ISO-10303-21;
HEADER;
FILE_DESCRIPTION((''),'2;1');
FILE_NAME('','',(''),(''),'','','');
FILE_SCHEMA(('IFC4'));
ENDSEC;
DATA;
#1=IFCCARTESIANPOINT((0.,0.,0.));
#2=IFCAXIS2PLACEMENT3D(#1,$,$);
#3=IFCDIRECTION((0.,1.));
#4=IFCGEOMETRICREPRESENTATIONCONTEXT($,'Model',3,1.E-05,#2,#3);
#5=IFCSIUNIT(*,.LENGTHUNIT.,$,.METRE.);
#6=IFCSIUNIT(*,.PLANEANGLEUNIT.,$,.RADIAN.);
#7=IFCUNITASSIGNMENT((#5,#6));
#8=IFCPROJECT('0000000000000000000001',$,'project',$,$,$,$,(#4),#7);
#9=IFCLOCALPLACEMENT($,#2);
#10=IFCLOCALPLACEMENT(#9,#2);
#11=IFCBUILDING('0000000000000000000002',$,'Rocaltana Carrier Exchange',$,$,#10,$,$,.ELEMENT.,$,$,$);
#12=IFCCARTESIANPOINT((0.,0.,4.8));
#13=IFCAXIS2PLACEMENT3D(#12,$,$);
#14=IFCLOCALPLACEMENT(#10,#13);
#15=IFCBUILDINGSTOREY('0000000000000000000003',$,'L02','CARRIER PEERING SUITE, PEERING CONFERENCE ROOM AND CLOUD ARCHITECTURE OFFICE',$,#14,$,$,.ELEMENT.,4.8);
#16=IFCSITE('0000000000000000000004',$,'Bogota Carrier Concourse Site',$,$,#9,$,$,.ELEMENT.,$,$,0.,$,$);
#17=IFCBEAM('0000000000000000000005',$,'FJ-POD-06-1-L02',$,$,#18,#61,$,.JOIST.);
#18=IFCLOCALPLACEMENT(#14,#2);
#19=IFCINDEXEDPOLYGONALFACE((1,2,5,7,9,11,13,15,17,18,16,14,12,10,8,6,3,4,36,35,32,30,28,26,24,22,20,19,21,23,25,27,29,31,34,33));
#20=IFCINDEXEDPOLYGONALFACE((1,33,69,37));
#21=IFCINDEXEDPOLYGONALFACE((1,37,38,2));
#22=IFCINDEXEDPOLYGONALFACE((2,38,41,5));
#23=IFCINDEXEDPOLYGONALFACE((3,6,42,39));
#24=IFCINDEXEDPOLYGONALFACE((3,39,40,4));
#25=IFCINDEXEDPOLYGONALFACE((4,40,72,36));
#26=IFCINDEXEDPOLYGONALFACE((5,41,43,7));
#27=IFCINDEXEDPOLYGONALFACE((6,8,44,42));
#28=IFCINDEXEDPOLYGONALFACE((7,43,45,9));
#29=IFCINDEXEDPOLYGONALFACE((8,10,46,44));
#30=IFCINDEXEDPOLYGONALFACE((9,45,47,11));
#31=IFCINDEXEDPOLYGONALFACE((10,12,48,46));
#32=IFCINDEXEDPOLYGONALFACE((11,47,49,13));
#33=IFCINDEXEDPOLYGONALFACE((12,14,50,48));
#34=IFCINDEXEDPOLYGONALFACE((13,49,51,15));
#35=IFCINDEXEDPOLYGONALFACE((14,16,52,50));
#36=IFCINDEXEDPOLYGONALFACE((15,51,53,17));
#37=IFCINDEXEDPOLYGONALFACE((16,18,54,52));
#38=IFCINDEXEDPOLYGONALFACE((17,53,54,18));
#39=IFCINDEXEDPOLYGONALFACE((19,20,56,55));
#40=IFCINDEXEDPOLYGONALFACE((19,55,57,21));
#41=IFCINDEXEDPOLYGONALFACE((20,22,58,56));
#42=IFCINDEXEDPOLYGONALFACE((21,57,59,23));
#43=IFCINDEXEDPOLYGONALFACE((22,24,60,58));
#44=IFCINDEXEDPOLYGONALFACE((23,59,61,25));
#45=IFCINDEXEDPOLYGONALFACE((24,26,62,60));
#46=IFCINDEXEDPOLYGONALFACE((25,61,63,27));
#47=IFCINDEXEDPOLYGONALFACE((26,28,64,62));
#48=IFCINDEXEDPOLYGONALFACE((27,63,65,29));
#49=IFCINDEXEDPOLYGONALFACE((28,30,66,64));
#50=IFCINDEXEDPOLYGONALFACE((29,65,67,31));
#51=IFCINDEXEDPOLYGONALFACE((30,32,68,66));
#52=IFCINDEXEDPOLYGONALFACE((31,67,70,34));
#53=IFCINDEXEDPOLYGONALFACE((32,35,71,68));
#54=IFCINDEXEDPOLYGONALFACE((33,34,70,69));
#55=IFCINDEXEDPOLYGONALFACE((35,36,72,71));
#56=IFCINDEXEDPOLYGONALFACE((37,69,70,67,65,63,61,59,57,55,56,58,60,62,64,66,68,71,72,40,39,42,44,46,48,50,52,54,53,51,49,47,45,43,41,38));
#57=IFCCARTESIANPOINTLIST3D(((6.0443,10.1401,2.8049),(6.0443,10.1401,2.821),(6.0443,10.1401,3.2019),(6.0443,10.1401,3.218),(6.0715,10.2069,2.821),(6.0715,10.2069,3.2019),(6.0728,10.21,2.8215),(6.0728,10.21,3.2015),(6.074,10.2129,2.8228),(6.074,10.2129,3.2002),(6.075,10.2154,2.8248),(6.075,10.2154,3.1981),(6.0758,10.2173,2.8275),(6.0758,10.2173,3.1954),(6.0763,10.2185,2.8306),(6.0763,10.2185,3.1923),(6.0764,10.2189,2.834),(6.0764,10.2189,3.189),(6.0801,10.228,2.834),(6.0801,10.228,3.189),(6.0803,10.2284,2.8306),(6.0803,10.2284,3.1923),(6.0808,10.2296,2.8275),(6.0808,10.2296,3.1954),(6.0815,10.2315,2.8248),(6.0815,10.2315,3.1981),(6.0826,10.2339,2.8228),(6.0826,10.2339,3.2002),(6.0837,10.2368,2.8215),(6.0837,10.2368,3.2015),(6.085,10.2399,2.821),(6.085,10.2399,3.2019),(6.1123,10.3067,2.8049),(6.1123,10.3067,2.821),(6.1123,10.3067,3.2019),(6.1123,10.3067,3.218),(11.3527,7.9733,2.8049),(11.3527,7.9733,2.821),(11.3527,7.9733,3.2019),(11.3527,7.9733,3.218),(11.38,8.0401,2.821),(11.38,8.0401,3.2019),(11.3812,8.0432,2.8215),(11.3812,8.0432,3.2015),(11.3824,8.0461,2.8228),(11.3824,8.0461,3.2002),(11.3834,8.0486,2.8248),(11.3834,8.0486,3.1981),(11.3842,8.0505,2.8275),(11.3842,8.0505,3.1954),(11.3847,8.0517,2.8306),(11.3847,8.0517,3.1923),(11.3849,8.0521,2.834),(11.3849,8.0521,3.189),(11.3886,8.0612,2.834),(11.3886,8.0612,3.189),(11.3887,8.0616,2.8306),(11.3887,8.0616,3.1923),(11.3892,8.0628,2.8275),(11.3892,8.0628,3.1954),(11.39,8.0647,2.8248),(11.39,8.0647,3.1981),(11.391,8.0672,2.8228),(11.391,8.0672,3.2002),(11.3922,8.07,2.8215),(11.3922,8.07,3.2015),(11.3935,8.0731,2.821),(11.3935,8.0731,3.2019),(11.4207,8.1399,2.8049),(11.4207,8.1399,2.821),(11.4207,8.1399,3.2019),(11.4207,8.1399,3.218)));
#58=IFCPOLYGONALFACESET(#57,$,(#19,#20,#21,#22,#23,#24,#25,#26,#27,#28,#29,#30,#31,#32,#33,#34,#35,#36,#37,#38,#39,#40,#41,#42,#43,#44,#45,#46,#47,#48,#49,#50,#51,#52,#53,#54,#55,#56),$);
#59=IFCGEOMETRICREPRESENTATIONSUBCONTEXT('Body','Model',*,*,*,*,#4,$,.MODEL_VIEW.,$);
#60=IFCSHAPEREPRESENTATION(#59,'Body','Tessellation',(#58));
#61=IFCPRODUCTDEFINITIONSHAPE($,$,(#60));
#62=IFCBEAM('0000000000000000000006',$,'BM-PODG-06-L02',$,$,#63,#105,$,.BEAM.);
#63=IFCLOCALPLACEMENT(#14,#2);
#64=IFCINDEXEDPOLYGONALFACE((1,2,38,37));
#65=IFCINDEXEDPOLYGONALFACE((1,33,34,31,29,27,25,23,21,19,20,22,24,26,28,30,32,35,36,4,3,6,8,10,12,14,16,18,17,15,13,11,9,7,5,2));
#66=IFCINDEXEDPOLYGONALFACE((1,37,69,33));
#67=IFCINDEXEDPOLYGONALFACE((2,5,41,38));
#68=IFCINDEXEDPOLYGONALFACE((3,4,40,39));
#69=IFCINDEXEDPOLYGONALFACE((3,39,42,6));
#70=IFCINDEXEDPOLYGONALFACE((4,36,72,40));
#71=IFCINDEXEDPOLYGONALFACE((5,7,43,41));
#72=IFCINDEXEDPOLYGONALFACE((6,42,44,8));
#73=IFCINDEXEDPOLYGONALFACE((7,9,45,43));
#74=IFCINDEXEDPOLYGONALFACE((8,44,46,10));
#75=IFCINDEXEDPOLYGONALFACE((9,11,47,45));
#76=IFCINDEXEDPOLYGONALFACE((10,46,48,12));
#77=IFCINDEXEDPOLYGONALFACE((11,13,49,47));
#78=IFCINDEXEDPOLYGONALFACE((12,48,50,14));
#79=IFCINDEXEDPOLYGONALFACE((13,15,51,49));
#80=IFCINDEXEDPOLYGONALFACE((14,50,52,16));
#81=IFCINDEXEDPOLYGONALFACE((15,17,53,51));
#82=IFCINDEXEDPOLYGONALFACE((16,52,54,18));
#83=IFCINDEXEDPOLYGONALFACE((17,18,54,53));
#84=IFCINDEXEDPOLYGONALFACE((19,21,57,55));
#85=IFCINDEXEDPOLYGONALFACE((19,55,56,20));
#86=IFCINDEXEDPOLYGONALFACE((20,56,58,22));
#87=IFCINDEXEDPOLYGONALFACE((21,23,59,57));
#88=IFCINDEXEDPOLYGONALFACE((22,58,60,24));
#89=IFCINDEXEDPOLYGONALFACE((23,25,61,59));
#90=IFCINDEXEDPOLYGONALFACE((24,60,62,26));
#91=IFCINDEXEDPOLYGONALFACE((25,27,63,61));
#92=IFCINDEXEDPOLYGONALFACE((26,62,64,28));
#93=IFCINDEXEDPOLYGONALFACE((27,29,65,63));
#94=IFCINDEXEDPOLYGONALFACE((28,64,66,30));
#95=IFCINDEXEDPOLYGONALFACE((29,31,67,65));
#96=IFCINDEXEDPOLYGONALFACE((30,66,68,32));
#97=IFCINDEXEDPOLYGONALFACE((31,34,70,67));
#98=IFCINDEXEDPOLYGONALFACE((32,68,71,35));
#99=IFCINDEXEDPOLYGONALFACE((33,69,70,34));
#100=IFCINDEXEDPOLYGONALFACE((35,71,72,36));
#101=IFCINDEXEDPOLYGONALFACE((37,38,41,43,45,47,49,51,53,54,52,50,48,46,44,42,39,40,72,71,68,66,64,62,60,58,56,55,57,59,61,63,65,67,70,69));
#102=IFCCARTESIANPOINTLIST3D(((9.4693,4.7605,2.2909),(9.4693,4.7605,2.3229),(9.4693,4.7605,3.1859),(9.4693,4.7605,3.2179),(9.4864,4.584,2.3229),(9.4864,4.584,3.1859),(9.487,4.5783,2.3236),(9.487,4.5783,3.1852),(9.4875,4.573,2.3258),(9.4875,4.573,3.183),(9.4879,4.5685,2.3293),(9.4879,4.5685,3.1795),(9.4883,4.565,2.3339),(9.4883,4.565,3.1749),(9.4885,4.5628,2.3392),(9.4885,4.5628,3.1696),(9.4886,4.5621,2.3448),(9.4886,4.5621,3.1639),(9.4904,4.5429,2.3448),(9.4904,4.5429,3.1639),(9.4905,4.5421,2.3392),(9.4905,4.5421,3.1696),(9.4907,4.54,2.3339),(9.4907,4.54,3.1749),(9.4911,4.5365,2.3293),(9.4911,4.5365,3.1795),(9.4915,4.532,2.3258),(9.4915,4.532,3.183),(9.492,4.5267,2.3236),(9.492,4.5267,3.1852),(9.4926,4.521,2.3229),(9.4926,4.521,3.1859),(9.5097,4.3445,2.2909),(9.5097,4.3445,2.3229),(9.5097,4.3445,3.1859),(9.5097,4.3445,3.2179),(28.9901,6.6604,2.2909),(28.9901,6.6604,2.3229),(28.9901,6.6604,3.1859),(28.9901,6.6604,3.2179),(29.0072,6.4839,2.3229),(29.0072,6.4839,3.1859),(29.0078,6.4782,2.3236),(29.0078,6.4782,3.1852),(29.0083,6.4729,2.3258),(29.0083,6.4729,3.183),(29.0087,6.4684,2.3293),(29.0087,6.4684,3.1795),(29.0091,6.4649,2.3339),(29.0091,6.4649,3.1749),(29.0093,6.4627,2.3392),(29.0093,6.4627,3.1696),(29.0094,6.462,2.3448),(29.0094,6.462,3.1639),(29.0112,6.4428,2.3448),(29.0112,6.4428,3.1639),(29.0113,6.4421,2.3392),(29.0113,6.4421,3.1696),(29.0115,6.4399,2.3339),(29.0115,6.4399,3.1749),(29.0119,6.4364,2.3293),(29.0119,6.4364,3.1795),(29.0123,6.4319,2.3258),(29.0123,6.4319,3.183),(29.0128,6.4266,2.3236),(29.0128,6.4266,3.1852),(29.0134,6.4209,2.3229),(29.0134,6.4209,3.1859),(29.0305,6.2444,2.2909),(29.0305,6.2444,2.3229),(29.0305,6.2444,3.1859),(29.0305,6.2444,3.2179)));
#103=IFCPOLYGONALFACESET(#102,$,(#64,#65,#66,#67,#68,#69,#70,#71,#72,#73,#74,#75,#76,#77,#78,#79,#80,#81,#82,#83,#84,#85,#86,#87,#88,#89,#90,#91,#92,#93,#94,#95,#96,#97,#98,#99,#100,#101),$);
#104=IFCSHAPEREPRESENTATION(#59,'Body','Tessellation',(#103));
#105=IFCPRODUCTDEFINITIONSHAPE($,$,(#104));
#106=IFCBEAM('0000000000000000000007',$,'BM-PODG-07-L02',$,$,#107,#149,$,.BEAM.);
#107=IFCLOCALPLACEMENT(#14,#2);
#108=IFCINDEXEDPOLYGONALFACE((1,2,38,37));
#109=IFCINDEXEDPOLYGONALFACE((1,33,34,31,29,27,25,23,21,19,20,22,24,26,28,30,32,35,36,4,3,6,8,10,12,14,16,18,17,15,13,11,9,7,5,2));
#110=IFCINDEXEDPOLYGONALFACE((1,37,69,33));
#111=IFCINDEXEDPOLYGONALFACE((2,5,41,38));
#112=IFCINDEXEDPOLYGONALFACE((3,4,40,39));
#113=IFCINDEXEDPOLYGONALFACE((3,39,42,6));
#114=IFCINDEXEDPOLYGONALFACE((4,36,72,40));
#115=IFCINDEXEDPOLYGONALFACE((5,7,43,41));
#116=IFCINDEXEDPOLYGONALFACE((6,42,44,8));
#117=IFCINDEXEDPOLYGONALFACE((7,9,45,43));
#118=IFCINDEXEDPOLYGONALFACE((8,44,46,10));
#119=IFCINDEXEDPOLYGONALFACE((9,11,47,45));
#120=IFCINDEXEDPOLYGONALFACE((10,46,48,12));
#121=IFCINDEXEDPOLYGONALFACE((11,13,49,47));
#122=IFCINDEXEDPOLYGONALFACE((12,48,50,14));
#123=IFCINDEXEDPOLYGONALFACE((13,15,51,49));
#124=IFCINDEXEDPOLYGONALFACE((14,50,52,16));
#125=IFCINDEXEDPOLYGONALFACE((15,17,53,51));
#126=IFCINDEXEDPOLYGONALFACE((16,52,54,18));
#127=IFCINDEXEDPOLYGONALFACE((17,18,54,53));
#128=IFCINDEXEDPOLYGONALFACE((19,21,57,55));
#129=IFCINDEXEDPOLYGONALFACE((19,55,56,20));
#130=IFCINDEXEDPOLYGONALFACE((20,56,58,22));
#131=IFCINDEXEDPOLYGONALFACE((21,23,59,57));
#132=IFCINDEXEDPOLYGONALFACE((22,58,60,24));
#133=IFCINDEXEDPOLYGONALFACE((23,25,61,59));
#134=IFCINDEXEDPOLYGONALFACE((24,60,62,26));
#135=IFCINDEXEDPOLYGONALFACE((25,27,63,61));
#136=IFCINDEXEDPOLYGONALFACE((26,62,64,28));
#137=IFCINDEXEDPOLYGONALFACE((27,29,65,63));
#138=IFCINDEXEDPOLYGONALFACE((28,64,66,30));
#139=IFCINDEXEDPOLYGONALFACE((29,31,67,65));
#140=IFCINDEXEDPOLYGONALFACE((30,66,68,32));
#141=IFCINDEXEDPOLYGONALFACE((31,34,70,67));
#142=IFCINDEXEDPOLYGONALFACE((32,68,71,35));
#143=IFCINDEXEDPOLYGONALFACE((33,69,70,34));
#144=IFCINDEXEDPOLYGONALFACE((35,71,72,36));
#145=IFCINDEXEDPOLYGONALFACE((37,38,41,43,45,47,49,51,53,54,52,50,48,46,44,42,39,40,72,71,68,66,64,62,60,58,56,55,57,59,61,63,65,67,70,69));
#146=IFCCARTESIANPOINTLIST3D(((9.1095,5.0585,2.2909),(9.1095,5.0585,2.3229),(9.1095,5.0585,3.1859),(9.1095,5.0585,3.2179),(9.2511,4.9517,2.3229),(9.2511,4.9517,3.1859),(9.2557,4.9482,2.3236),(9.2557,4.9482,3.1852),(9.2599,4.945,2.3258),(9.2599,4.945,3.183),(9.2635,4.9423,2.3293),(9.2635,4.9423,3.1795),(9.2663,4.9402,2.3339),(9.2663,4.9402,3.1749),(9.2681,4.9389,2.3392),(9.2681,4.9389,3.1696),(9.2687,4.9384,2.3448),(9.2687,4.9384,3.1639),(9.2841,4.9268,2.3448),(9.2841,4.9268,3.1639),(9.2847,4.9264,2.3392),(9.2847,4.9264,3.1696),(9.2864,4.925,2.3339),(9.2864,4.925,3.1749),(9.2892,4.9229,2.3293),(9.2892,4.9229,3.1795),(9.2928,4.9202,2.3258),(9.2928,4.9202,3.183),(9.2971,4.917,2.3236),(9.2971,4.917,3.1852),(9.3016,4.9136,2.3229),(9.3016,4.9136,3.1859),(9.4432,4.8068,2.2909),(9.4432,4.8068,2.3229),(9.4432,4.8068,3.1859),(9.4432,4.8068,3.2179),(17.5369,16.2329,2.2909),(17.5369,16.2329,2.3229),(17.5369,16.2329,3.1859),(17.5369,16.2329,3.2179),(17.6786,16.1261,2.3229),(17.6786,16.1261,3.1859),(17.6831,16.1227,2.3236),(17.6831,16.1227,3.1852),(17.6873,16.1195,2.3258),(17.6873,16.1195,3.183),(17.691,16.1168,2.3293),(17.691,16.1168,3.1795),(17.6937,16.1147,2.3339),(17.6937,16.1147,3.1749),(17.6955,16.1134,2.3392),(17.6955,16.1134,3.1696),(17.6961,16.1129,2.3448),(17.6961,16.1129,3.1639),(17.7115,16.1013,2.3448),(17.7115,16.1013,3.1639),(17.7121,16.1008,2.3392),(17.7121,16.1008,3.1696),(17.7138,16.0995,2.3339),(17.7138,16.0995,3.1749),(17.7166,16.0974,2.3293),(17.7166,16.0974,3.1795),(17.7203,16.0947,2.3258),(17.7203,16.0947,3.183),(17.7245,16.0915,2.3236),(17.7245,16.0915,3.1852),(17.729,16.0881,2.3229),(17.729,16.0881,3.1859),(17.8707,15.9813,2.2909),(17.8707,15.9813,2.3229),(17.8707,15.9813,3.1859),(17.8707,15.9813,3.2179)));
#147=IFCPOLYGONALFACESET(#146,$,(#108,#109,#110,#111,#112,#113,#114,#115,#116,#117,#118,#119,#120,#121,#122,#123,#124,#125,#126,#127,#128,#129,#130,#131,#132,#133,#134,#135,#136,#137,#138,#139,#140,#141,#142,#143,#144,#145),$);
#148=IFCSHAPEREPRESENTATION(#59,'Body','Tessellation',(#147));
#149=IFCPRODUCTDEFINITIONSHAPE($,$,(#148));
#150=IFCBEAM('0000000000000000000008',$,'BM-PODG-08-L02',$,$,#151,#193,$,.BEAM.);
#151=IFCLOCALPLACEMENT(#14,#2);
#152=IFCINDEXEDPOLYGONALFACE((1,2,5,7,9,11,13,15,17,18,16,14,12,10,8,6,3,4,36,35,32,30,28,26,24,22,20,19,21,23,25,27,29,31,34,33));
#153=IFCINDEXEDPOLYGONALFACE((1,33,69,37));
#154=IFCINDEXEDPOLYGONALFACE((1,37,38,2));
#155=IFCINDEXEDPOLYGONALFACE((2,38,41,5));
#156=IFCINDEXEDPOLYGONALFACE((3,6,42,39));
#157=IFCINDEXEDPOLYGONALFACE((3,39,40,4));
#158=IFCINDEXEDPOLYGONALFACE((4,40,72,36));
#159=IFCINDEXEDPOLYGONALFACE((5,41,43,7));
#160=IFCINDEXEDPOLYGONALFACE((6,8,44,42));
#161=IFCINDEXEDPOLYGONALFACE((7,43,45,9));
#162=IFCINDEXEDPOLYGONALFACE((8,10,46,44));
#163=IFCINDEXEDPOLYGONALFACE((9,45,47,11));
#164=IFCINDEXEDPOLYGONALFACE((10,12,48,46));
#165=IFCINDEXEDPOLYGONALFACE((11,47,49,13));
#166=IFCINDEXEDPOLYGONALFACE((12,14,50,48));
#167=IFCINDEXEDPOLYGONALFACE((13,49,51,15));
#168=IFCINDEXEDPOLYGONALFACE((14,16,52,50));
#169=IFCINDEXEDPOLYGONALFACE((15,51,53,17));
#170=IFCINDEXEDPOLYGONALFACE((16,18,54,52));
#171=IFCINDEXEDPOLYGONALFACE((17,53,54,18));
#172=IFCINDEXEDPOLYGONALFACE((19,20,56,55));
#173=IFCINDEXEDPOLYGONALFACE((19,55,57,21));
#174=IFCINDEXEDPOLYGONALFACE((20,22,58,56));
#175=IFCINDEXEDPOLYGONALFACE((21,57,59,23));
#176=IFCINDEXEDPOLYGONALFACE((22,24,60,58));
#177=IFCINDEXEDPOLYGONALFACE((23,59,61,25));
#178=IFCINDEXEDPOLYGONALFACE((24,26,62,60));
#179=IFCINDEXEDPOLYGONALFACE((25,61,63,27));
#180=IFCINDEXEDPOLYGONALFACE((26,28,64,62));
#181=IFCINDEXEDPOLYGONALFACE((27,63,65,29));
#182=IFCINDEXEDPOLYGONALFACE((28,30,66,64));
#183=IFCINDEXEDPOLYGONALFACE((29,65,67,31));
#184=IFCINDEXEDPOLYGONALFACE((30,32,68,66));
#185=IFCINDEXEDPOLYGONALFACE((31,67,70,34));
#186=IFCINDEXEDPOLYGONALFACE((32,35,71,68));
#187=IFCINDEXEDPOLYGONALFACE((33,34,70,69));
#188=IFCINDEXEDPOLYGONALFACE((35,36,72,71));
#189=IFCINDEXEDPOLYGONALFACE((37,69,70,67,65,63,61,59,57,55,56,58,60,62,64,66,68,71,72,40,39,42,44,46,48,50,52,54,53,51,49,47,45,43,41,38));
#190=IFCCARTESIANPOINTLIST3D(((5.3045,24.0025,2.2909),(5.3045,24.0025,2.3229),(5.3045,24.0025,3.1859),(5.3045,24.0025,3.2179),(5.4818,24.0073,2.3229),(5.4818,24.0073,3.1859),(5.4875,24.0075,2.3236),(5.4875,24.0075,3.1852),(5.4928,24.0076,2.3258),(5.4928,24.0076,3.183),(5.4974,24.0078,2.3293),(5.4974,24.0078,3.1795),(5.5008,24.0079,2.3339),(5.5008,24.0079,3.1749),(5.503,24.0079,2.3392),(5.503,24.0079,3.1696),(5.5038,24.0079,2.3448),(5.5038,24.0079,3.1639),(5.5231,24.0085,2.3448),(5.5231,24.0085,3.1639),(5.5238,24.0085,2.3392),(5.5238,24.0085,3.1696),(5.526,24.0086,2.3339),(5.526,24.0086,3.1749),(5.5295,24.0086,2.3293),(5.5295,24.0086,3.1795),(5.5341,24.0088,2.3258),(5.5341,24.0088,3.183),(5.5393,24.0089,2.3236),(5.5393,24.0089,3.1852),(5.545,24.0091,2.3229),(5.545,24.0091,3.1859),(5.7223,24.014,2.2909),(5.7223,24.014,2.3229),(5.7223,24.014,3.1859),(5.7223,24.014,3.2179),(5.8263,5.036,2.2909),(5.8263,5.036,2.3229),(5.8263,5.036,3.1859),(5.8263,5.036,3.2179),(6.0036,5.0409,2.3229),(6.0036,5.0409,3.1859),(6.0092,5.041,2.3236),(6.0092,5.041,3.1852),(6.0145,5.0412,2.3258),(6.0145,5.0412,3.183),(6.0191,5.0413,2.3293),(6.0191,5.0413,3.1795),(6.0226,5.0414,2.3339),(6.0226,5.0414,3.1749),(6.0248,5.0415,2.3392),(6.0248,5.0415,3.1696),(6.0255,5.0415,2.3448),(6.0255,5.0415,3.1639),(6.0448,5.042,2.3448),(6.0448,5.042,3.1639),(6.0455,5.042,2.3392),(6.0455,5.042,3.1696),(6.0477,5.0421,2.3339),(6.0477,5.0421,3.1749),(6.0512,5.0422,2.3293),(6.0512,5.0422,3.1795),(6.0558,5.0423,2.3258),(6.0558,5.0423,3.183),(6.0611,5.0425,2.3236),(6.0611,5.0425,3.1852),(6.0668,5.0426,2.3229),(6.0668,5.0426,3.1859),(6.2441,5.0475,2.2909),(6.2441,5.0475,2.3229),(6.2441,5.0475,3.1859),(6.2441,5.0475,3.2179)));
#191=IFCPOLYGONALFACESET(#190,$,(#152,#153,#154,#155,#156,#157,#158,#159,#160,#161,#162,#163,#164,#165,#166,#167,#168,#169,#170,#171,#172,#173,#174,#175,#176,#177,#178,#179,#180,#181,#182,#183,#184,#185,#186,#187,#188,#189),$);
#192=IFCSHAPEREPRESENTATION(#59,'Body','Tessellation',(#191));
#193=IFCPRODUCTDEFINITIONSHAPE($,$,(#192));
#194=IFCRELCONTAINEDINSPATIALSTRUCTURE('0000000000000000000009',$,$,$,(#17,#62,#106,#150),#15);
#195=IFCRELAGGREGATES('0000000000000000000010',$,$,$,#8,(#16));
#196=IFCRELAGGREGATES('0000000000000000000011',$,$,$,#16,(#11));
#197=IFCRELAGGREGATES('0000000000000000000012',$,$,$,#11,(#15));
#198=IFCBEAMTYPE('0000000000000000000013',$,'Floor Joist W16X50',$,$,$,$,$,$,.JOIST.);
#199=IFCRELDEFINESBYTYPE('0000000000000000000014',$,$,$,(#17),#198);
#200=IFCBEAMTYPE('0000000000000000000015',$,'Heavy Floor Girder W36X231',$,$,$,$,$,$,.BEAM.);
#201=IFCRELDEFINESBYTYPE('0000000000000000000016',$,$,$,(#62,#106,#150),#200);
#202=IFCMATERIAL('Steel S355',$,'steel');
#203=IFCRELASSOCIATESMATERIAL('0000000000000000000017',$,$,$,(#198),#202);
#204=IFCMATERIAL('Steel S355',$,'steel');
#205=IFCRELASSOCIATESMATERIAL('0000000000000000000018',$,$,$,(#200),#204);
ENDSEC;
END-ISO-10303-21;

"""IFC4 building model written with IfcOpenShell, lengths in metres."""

from ifc_helpers import new_model, si_unit, direction, frame, origin, origin_2d, place, context, subcontext, project, spatial, i_section, extrude, material, material_profile, profile_set, type_object, element, save


model = new_model("IFC4")

# Units and contexts
model_context = context("Model", 3, precision=1e-05, world=origin(), true_north=direction((0.0, 1.0)))
body_context = subcontext(model_context, "Body", "Model", "MODEL_VIEW")
ifc_project = project(units=[si_unit("LENGTHUNIT", "METRE"), si_unit("PLANEANGLEUNIT", "RADIAN")], contexts=[model_context])

# Site, building, storey
site_placement = place(None, origin())
site = spatial("IfcSite", under=ifc_project, at=site_placement, Name="Bogota Carrier Concourse Site", CompositionType="ELEMENT", RefElevation=0.0)
building_placement = place(site_placement, origin())
building = spatial("IfcBuilding", under=site, at=building_placement, Name="Rocaltana Carrier Exchange", CompositionType="ELEMENT")
storey_placement = place(building_placement, frame((0.0, 0.0, 4.8)))
storey = spatial("IfcBuildingStorey", under=building, at=storey_placement, Name="L02", Description="CARRIER PEERING SUITE, PEERING CONFERENCE ROOM AND CLOUD ARCHITECTURE OFFICE", CompositionType="ELEMENT", Elevation=4.8)

# Beams
ifc_material_1 = material(Name="Steel S355", Category="steel")
ifc_material_profile_1 = material_profile(ifc_material_1, i_section(OverallWidth=0.1799, OverallDepth=0.4131, WebThickness=0.0098, FlangeThickness=0.0161, FilletRadius=0.0129, at=origin_2d()), Name="W16X50")
ifc_profile_set_1 = profile_set([ifc_material_profile_1], Name="Steel S355")
beam_type_1 = type_object("IfcBeamType", Name="Floor Joist W16X50", PredefinedType="JOIST", material=ifc_profile_set_1)
beam_1_placement = place(storey_placement, frame((11.3867, 8.0566, 3.0115), z_axis=(-0.925843, 0.377908, 0.0), x_axis=(-0.377908, -0.925843, 0.0)))
element("IfcBeam", 1, at=beam_1_placement, inside=storey, type_object=beam_type_1, Name="FJ-POD-06-1-L02", PredefinedType="JOIST", context=body_context, shape_type="SweptSolid", body=[
    extrude(i_section(OverallWidth=0.1799, OverallDepth=0.4131, WebThickness=0.0098, FlangeThickness=0.0161, FilletRadius=0.0129, at=origin_2d()), origin(), (0.0, 0.0, 1.0), 5.7336),
])
ifc_material_2 = material(Name="Steel S355", Category="steel")
ifc_material_profile_2 = material_profile(ifc_material_2, i_section(OverallWidth=0.418, OverallDepth=0.927, WebThickness=0.0193, FlangeThickness=0.032, FilletRadius=0.022, at=origin_2d()), Name="W36X231")
ifc_profile_set_2 = profile_set([ifc_material_profile_2], Name="Steel S355")
beam_type_2 = type_object("IfcBeamType", Name="Heavy Floor Girder W36X231", PredefinedType="BEAM", material=ifc_profile_set_2)
beam_2_placement = place(storey_placement, frame((9.4895, 4.5525, 2.7544), z_axis=(0.995297, 0.09687, 0.0), x_axis=(-0.09687, 0.995297, 0.0)))
element("IfcBeam", 2, at=beam_2_placement, inside=storey, type_object=beam_type_2, Name="BM-PODG-06-L02", PredefinedType="BEAM", context=body_context, shape_type="SweptSolid", body=[
    extrude(i_section(OverallWidth=0.418, OverallDepth=0.927, WebThickness=0.0193, FlangeThickness=0.032, FilletRadius=0.022, at=origin_2d()), origin(), (0.0, 0.0, 1.0), 19.613),
])
beam_3_placement = place(storey_placement, frame((9.2764, 4.9326, 2.7544), z_axis=(0.602127, 0.7984, 0.0), x_axis=(-0.7984, 0.602127, 0.0)))
element("IfcBeam", 3, at=beam_3_placement, inside=storey, type_object=beam_type_2, Name="BM-PODG-07-L02", PredefinedType="BEAM", context=body_context, shape_type="SweptSolid", body=[
    extrude(i_section(OverallWidth=0.418, OverallDepth=0.927, WebThickness=0.0193, FlangeThickness=0.032, FilletRadius=0.022, at=origin_2d()), origin(), (0.0, 0.0, 1.0), 13.9961),
])
beam_4_placement = place(storey_placement, frame((6.0352, 5.0417, 2.7544), z_axis=(-0.027497, 0.999622, 0.0), x_axis=(-0.999622, -0.027497, 0.0)))
element("IfcBeam", 4, at=beam_4_placement, inside=storey, type_object=beam_type_2, Name="BM-PODG-08-L02", PredefinedType="BEAM", context=body_context, shape_type="SweptSolid", body=[
    extrude(i_section(OverallWidth=0.418, OverallDepth=0.927, WebThickness=0.0193, FlangeThickness=0.032, FilletRadius=0.022, at=origin_2d()), origin(), (0.0, 0.0, 1.0), 18.9736),
])

save(model, "model.ifc")
